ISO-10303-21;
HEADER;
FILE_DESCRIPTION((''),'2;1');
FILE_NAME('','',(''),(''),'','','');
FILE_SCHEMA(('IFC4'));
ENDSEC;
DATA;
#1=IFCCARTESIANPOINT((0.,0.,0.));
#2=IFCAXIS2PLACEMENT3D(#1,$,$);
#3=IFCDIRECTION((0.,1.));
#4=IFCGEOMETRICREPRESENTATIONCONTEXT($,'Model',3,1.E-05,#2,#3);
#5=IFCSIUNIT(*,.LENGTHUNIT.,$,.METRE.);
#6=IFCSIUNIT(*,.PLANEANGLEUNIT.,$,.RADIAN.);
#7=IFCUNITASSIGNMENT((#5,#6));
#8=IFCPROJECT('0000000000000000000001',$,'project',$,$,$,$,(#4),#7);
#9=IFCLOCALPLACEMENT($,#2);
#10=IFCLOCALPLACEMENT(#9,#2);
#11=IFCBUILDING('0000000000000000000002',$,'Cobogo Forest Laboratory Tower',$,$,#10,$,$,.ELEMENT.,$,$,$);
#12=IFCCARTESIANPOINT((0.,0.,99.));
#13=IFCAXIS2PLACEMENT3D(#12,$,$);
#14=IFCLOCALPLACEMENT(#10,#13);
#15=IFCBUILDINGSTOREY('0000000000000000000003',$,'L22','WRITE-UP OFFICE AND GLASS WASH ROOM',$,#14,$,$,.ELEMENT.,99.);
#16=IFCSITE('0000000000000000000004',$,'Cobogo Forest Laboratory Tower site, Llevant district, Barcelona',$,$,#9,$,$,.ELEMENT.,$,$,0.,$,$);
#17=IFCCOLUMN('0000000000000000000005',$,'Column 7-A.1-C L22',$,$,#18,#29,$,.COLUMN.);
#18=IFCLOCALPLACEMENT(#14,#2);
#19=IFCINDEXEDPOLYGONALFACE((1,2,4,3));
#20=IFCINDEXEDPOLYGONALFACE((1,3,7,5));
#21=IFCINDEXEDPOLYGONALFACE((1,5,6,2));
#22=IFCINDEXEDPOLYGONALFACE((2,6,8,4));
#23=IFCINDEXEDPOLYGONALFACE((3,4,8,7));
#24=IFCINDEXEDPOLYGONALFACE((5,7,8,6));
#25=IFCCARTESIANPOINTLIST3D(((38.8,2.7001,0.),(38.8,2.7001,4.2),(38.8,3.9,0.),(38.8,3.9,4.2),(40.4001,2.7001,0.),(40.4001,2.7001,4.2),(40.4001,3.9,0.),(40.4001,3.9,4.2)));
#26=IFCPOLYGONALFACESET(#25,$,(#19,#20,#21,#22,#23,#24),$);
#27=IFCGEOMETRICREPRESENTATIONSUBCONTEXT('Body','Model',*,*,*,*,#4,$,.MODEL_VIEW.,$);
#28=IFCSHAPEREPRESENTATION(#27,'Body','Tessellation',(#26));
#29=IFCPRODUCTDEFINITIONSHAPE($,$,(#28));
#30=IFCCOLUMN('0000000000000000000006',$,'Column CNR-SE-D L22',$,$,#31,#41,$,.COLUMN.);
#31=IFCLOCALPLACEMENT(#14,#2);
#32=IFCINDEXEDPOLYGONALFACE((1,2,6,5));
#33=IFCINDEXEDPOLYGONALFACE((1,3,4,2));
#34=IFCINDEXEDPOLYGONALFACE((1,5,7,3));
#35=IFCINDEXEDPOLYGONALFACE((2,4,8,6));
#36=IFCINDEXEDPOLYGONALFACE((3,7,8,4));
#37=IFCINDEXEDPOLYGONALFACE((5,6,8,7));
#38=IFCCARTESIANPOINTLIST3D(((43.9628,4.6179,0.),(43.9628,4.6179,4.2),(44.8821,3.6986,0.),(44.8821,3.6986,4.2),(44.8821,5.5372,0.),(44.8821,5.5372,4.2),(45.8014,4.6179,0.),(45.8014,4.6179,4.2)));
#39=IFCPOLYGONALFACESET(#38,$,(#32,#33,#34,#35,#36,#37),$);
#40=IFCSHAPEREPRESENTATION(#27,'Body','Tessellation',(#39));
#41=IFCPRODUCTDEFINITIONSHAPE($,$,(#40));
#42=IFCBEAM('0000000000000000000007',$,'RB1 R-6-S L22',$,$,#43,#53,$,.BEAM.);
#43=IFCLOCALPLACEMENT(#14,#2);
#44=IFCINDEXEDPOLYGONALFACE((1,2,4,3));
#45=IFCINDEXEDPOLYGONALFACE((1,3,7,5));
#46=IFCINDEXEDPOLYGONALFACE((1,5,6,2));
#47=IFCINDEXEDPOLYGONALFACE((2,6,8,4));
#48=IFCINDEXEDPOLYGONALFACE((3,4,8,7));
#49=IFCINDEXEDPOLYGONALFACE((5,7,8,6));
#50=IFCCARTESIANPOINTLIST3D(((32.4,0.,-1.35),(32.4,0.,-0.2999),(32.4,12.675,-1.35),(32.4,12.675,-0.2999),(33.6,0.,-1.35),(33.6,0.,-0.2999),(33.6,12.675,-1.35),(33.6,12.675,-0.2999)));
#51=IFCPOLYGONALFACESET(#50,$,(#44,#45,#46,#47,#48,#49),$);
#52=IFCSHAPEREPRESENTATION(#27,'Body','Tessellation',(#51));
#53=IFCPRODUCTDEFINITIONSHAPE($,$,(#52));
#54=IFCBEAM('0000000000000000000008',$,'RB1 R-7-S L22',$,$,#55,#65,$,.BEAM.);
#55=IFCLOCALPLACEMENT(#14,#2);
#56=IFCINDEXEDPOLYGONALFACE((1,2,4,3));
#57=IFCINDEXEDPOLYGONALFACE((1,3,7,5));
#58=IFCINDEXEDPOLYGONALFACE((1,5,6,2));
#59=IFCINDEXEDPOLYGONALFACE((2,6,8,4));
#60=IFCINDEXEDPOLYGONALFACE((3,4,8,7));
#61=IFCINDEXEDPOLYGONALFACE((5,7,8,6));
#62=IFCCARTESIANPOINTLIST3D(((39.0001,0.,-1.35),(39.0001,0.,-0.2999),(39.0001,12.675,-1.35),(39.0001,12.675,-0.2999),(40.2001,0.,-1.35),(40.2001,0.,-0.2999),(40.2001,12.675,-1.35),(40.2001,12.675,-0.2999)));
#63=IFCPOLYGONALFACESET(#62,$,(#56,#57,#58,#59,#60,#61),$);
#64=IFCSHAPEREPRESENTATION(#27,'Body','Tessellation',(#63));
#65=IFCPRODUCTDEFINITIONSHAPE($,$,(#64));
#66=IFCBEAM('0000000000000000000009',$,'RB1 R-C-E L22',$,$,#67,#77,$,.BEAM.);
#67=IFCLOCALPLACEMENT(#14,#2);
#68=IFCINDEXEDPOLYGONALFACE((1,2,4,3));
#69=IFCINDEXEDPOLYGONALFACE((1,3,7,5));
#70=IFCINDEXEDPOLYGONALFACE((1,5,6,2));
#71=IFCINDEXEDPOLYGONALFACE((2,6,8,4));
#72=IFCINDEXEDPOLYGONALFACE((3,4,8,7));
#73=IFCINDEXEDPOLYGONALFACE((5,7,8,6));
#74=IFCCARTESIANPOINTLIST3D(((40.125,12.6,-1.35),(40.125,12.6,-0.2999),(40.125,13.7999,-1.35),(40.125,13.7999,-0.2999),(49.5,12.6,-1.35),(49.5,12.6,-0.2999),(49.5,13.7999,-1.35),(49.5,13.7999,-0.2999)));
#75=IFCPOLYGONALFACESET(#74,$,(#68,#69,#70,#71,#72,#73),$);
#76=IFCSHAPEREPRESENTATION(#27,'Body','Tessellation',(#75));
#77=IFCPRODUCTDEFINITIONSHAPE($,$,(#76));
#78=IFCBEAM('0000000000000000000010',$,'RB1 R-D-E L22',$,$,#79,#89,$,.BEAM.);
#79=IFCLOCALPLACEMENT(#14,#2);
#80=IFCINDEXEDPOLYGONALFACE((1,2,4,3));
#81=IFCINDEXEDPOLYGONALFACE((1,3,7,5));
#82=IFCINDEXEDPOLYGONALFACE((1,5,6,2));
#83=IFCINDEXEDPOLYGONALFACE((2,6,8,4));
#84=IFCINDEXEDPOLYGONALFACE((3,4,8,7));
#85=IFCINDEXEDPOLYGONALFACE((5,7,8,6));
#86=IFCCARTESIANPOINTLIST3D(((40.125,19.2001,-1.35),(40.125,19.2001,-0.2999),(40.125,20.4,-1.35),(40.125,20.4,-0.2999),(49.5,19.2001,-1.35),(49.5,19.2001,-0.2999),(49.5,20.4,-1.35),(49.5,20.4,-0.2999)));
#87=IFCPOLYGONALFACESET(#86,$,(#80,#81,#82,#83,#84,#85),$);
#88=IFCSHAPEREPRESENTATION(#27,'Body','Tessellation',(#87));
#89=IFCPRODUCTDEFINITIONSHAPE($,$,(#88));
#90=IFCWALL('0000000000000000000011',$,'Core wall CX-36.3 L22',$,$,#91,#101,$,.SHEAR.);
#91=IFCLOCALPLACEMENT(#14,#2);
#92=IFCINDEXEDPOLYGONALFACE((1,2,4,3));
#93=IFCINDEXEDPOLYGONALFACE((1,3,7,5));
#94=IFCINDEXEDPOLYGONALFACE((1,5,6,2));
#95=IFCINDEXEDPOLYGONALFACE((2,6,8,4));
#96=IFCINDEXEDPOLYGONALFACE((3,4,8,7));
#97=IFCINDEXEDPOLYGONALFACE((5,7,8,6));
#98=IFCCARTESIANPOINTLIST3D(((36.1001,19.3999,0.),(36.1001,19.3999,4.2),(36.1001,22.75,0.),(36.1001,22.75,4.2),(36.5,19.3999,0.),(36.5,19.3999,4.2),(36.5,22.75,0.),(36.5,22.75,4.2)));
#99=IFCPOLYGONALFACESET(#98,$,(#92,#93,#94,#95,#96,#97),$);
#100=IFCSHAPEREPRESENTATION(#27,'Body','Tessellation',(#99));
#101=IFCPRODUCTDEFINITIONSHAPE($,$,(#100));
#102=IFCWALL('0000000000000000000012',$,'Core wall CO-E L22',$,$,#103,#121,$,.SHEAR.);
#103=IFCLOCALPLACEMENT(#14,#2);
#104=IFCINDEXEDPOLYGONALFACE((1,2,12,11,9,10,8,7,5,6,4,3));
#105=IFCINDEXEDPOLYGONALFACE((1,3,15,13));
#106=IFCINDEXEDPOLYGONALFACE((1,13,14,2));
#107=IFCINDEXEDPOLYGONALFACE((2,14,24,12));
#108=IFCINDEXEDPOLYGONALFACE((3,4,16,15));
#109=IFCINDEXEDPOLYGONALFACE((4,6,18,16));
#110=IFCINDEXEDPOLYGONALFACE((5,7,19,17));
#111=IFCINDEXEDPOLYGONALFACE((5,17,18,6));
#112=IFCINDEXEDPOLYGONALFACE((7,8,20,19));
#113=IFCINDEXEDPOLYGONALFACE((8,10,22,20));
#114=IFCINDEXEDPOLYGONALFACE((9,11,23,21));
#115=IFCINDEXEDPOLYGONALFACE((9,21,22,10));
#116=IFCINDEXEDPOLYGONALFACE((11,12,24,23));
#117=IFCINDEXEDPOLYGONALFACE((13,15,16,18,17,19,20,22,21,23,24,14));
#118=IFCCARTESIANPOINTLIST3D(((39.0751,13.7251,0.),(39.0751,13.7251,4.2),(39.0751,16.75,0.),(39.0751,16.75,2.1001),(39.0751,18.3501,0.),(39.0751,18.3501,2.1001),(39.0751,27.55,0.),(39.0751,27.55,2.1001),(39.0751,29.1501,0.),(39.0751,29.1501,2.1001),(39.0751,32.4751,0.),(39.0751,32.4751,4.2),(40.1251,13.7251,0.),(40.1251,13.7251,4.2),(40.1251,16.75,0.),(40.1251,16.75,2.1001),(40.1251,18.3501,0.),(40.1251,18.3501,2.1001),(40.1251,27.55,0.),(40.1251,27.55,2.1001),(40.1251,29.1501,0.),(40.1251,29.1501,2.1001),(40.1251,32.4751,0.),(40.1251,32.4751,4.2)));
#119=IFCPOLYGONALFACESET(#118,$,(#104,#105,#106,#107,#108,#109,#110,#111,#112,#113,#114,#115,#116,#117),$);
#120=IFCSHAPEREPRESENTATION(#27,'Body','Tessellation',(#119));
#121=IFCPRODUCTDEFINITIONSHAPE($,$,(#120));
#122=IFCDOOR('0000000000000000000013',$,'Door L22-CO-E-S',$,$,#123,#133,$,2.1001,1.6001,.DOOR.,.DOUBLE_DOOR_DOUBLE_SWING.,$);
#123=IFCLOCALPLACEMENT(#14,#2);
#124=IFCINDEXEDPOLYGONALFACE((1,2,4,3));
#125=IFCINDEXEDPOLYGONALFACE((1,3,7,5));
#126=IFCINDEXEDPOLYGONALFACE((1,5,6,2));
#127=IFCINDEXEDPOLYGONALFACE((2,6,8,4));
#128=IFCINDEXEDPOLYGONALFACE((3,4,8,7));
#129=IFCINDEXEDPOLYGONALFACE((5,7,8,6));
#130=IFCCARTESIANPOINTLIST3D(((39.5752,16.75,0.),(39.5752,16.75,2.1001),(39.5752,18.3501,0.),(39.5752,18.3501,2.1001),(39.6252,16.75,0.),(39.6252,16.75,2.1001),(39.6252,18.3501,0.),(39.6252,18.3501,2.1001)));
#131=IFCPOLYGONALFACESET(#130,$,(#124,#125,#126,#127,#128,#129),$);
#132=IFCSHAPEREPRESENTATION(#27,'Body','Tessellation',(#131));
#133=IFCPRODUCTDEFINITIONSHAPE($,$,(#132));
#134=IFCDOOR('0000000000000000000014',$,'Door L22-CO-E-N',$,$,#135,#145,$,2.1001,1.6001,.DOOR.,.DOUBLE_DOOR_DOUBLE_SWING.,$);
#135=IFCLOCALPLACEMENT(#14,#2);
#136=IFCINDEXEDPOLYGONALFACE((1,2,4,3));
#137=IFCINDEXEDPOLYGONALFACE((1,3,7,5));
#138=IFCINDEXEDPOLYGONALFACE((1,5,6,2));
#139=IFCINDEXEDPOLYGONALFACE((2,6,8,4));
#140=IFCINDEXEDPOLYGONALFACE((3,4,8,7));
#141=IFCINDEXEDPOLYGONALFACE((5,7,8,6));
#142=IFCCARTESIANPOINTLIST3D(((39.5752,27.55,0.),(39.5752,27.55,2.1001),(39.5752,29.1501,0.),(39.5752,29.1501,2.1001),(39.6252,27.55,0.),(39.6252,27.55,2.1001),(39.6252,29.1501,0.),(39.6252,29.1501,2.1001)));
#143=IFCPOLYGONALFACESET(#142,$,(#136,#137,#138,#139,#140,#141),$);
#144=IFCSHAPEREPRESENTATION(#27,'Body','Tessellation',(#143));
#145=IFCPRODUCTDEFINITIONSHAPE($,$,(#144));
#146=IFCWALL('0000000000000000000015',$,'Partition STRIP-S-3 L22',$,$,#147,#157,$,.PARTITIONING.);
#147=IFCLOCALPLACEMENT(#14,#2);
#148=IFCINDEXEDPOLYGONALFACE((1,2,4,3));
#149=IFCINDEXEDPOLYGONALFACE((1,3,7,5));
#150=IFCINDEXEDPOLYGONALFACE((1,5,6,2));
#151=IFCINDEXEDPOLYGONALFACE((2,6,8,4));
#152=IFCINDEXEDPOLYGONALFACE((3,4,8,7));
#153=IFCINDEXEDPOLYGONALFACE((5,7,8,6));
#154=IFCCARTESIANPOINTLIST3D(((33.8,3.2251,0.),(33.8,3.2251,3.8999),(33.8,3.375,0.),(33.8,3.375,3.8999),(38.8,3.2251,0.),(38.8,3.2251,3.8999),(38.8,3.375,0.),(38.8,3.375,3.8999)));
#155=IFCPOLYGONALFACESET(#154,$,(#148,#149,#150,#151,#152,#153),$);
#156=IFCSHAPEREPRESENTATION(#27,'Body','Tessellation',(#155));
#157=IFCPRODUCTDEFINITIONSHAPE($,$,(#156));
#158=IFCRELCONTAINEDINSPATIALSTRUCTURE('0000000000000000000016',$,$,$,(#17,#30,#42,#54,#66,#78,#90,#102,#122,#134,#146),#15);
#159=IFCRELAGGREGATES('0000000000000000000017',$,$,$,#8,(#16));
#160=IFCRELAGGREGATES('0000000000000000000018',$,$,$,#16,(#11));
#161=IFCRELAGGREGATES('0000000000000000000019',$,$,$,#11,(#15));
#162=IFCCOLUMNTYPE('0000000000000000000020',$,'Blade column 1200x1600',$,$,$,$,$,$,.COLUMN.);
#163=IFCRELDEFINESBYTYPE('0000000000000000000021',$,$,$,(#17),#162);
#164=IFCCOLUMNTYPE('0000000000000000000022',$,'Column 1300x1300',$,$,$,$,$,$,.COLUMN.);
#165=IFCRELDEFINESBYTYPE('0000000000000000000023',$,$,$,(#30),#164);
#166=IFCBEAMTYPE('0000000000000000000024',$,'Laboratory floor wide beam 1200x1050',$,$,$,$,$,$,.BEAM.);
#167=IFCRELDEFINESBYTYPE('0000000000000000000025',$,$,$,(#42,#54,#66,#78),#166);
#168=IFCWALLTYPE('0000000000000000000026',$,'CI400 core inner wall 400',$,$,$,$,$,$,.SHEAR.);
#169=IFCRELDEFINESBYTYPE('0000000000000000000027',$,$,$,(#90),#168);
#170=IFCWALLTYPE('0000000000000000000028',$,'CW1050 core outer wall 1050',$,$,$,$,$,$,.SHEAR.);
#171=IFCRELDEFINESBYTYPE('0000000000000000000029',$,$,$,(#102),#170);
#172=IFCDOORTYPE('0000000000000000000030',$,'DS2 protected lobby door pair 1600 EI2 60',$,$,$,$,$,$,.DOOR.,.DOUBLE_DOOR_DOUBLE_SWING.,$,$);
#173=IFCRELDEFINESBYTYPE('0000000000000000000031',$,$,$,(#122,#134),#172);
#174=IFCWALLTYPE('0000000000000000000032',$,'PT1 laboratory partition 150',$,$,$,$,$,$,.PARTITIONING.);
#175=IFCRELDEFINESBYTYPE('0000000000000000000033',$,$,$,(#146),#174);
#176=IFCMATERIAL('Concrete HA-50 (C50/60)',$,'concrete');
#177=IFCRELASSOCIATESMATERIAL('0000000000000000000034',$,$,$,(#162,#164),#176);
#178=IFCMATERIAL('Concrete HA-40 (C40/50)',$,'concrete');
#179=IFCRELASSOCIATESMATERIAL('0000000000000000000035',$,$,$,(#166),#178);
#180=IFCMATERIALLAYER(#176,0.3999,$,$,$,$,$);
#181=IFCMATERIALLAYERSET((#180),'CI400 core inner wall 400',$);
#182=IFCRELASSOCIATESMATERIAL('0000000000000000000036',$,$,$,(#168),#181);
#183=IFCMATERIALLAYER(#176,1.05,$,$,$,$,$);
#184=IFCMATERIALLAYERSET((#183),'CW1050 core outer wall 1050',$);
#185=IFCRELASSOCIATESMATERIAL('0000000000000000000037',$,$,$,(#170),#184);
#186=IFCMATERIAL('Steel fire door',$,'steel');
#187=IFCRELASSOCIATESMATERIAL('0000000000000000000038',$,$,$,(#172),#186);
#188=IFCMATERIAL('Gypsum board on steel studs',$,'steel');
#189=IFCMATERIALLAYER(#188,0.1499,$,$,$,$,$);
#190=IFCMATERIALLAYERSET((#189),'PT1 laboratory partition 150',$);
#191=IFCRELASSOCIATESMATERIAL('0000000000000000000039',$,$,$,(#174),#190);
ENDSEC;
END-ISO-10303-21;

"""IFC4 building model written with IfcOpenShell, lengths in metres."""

from ifc_helpers import new_model, si_unit, direction, frame, frame_2d, origin, origin_2d, place, context, subcontext, project, spatial, rectangle, extrude, material, layer, layer_set, material_profile, profile_set, type_object, element, fill, save


model = new_model("IFC4")

# Units and contexts
model_context = context("Model", 3, precision=1e-05, world=origin(), true_north=direction((0.0, 1.0)))
body_context = subcontext(model_context, "Body", "Model", "MODEL_VIEW")
ifc_project = project(units=[si_unit("LENGTHUNIT", "METRE"), si_unit("PLANEANGLEUNIT", "RADIAN")], contexts=[model_context])

# Site, building, storey
site_placement = place(None, origin())
site = spatial("IfcSite", under=ifc_project, at=site_placement, Name="Cobogo Forest Laboratory Tower site, Llevant district, Barcelona", CompositionType="ELEMENT", RefElevation=0.0)
building_placement = place(site_placement, origin())
building = spatial("IfcBuilding", under=site, at=building_placement, Name="Cobogo Forest Laboratory Tower", CompositionType="ELEMENT")
storey_placement = place(building_placement, frame((0.0, 0.0, 99.0)))
storey = spatial("IfcBuildingStorey", under=building, at=storey_placement, Name="L22", Description="WRITE-UP OFFICE AND GLASS WASH ROOM", CompositionType="ELEMENT", Elevation=99.0)

# Columns
ifc_material_1 = material(Name="Concrete HA-50 (C50/60)", Category="concrete")
ifc_material_profile_1 = material_profile(ifc_material_1, rectangle(XDim=1.6001, YDim=1.2, at=origin_2d()), Name="RC 1200x1600")
ifc_profile_set_1 = profile_set([ifc_material_profile_1], Name="Concrete HA-50 (C50/60)")
column_type_1 = type_object("IfcColumnType", Name="Blade column 1200x1600", PredefinedType="COLUMN", material=ifc_profile_set_1)
column_1_placement = place(storey_placement, frame((39.6001, 3.3, 0.0), z_axis=(0.0, 0.0, 1.0), x_axis=(1.0, 0.0, 0.0)))
element("IfcColumn", 1, at=column_1_placement, inside=storey, type_object=column_type_1, Name="Column 7-A.1-C L22", PredefinedType="COLUMN", context=body_context, shape_type="SweptSolid", body=[
    extrude(rectangle(XDim=1.6001, YDim=1.2, at=origin_2d()), origin(), (0.0, 0.0, 1.0), 4.2),
])
ifc_material_profile_2 = material_profile(ifc_material_1, rectangle(XDim=1.3, YDim=1.3, at=origin_2d()), Name="RC 1300x1300")
ifc_profile_set_2 = profile_set([ifc_material_profile_2], Name="Concrete HA-50 (C50/60)")
column_type_2 = type_object("IfcColumnType", Name="Column 1300x1300", PredefinedType="COLUMN", material=ifc_profile_set_2)
column_2_placement = place(storey_placement, frame((44.8821, 4.6179, 0.0), z_axis=(0.0, 0.0, 1.0), x_axis=(0.707107, 0.707107, 0.0)))
element("IfcColumn", 2, at=column_2_placement, inside=storey, type_object=column_type_2, Name="Column CNR-SE-D L22", PredefinedType="COLUMN", context=body_context, shape_type="SweptSolid", body=[
    extrude(rectangle(XDim=1.3, YDim=1.3, at=origin_2d()), origin(), (0.0, 0.0, 1.0), 4.2),
])

# Beams
ifc_material_2 = material(Name="Concrete HA-40 (C40/50)", Category="concrete")
ifc_material_profile_3 = material_profile(ifc_material_2, rectangle(XDim=1.2, YDim=1.05, at=origin_2d()), Name="RC 1200x1050")
ifc_profile_set_3 = profile_set([ifc_material_profile_3], Name="Concrete HA-40 (C40/50)")
beam_type = type_object("IfcBeamType", Name="Laboratory floor wide beam 1200x1050", PredefinedType="BEAM", material=ifc_profile_set_3)
for number, where, z_axis, x_axis, name in (
    (3, (33.0, 12.675, -0.825), (0.0, -1.0, 0.0), (1.0, 0.0, 0.0), "RB1 R-6-S L22"),
    (4, (39.6001, 12.675, -0.825), (0.0, -1.0, 0.0), (1.0, 0.0, 0.0), "RB1 R-7-S L22"),
):
    element("IfcBeam", number, at=place(storey_placement, frame(where, z_axis=z_axis, x_axis=x_axis)), inside=storey, type_object=beam_type, Name=name, PredefinedType="BEAM", context=body_context, shape_type="SweptSolid", body=[
        extrude(rectangle(XDim=1.2, YDim=1.05, at=origin_2d()), origin(), (0.0, 0.0, 1.0), 12.675),
    ])
for number, where, z_axis, x_axis, name in (
    (5, (40.125, 13.2, -0.825), (1.0, 0.0, 0.0), (0.0, 1.0, 0.0), "RB1 R-C-E L22"),
    (6, (40.125, 19.8, -0.825), (1.0, 0.0, 0.0), (0.0, 1.0, 0.0), "RB1 R-D-E L22"),
):
    element("IfcBeam", number, at=place(storey_placement, frame(where, z_axis=z_axis, x_axis=x_axis)), inside=storey, type_object=beam_type, Name=name, PredefinedType="BEAM", context=body_context, shape_type="SweptSolid", body=[
        extrude(rectangle(XDim=1.2, YDim=1.05, at=origin_2d()), origin(), (0.0, 0.0, 1.0), 9.375),
    ])

# Wall
ifc_layer_1 = layer(ifc_material_1, 0.3999)
ifc_layer_set_1 = layer_set([ifc_layer_1], Name="CI400 core inner wall 400")
wall_type_1 = type_object("IfcWallType", Name="CI400 core inner wall 400", PredefinedType="SHEAR", material=ifc_layer_set_1)
wall_1_placement = place(storey_placement, frame((36.3, 19.3999, 0.0), z_axis=(0.0, 0.0, 1.0), x_axis=(0.0, 1.0, 0.0)))
element("IfcWall", 7, at=wall_1_placement, inside=storey, type_object=wall_type_1, Name="Core wall CX-36.3 L22", PredefinedType="SHEAR", context=body_context, shape_type="SweptSolid", body=[
    extrude(rectangle(XDim=3.3501, YDim=0.3999, at=frame_2d((1.675, 0.0))), origin(), (0.0, 0.0, 1.0), 4.2),
])

# Wall, openings, doors
ifc_layer_2 = layer(ifc_material_1, 1.05)
ifc_layer_set_2 = layer_set([ifc_layer_2], Name="CW1050 core outer wall 1050")
wall_type_2 = type_object("IfcWallType", Name="CW1050 core outer wall 1050", PredefinedType="SHEAR", material=ifc_layer_set_2)
wall_2_placement = place(storey_placement, frame((39.6001, 13.7251, 0.0), z_axis=(0.0, 0.0, 1.0), x_axis=(0.0, 1.0, 0.0)))
wall_2 = element("IfcWall", 8, at=wall_2_placement, inside=storey, type_object=wall_type_2, Name="Core wall CO-E L22", PredefinedType="SHEAR", context=body_context, shape_type="SweptSolid", body=[
    extrude(rectangle(XDim=18.75, YDim=1.05, at=frame_2d((9.375, 0.0))), origin(), (0.0, 0.0, 1.0), 4.2),
])
opening_1_placement = place(wall_2_placement, frame((3.0249, 0.0, 0.0)))
opening_1 = element("IfcOpeningElement", 9, at=opening_1_placement, cuts=wall_2, PredefinedType="OPENING", context=body_context, shape_type="SweptSolid", body=[
    extrude(rectangle(XDim=1.6001, YDim=2.1001, at=frame_2d((0.8, 1.05))), frame((0.0, 0.5349, 0.0), z_axis=(0.0, -1.0, 0.0), x_axis=(1.0, 0.0, 0.0)), (0.0, 0.0, 1.0), 1.0701),
])
opening_2_placement = place(wall_2_placement, frame((13.825, 0.0, 0.0)))
opening_2 = element("IfcOpeningElement", 10, at=opening_2_placement, cuts=wall_2, PredefinedType="OPENING", context=body_context, shape_type="SweptSolid", body=[
    extrude(rectangle(XDim=1.6001, YDim=2.1001, at=frame_2d((0.8, 1.05))), frame((0.0, 0.5349, 0.0), z_axis=(0.0, -1.0, 0.0), x_axis=(1.0, 0.0, 0.0)), (0.0, 0.0, 1.0), 1.0701),
])
ifc_material_3 = material(Name="Steel fire door", Category="steel")
door_type_1 = type_object("IfcDoorType", Name="DS2 protected lobby door pair 1600 EI2 60", OperationType="DOUBLE_DOOR_DOUBLE_SWING", PredefinedType="DOOR", material=ifc_material_3)
door_1_placement = place(opening_1_placement, origin())
door_1 = element("IfcDoor", 11, at=door_1_placement, inside=storey, type_object=door_type_1, Name="Door L22-CO-E-S", OperationType="DOUBLE_DOOR_DOUBLE_SWING", OverallHeight=2.1001, OverallWidth=1.6001, PredefinedType="DOOR", context=body_context, shape_type="SweptSolid", body=[
    extrude(rectangle(XDim=1.6001, YDim=2.1001, at=frame_2d((0.8, 1.05))), frame((0.0, 0.0249, 0.0), z_axis=(0.0, -1.0, 0.0), x_axis=(1.0, 0.0, 0.0)), (0.0, 0.0, 1.0), 0.05),
])
fill(opening_1, door_1)
door_2_placement = place(opening_2_placement, origin())
door_2 = element("IfcDoor", 12, at=door_2_placement, inside=storey, type_object=door_type_1, Name="Door L22-CO-E-N", OperationType="DOUBLE_DOOR_DOUBLE_SWING", OverallHeight=2.1001, OverallWidth=1.6001, PredefinedType="DOOR", context=body_context, shape_type="SweptSolid", body=[
    extrude(rectangle(XDim=1.6001, YDim=2.1001, at=frame_2d((0.8, 1.05))), frame((0.0, 0.0249, 0.0), z_axis=(0.0, -1.0, 0.0), x_axis=(1.0, 0.0, 0.0)), (0.0, 0.0, 1.0), 0.05),
])
fill(opening_2, door_2)

# Wall
ifc_material_4 = material(Name="Gypsum board on steel studs", Category="steel")
ifc_layer_3 = layer(ifc_material_4, 0.1499)
ifc_layer_set_3 = layer_set([ifc_layer_3], Name="PT1 laboratory partition 150")
wall_type_3 = type_object("IfcWallType", Name="PT1 laboratory partition 150", PredefinedType="PARTITIONING", material=ifc_layer_set_3)
wall_3_placement = place(storey_placement, frame((33.8, 3.3, 0.0), z_axis=(0.0, 0.0, 1.0), x_axis=(1.0, 0.0, 0.0)))
element("IfcWall", 13, at=wall_3_placement, inside=storey, type_object=wall_type_3, Name="Partition STRIP-S-3 L22", PredefinedType="PARTITIONING", context=body_context, shape_type="SweptSolid", body=[
    extrude(rectangle(XDim=5.0, YDim=0.1499, at=frame_2d((2.5, 0.0))), origin(), (0.0, 0.0, 1.0), 3.8999),
])

save(model, "model.ifc")
